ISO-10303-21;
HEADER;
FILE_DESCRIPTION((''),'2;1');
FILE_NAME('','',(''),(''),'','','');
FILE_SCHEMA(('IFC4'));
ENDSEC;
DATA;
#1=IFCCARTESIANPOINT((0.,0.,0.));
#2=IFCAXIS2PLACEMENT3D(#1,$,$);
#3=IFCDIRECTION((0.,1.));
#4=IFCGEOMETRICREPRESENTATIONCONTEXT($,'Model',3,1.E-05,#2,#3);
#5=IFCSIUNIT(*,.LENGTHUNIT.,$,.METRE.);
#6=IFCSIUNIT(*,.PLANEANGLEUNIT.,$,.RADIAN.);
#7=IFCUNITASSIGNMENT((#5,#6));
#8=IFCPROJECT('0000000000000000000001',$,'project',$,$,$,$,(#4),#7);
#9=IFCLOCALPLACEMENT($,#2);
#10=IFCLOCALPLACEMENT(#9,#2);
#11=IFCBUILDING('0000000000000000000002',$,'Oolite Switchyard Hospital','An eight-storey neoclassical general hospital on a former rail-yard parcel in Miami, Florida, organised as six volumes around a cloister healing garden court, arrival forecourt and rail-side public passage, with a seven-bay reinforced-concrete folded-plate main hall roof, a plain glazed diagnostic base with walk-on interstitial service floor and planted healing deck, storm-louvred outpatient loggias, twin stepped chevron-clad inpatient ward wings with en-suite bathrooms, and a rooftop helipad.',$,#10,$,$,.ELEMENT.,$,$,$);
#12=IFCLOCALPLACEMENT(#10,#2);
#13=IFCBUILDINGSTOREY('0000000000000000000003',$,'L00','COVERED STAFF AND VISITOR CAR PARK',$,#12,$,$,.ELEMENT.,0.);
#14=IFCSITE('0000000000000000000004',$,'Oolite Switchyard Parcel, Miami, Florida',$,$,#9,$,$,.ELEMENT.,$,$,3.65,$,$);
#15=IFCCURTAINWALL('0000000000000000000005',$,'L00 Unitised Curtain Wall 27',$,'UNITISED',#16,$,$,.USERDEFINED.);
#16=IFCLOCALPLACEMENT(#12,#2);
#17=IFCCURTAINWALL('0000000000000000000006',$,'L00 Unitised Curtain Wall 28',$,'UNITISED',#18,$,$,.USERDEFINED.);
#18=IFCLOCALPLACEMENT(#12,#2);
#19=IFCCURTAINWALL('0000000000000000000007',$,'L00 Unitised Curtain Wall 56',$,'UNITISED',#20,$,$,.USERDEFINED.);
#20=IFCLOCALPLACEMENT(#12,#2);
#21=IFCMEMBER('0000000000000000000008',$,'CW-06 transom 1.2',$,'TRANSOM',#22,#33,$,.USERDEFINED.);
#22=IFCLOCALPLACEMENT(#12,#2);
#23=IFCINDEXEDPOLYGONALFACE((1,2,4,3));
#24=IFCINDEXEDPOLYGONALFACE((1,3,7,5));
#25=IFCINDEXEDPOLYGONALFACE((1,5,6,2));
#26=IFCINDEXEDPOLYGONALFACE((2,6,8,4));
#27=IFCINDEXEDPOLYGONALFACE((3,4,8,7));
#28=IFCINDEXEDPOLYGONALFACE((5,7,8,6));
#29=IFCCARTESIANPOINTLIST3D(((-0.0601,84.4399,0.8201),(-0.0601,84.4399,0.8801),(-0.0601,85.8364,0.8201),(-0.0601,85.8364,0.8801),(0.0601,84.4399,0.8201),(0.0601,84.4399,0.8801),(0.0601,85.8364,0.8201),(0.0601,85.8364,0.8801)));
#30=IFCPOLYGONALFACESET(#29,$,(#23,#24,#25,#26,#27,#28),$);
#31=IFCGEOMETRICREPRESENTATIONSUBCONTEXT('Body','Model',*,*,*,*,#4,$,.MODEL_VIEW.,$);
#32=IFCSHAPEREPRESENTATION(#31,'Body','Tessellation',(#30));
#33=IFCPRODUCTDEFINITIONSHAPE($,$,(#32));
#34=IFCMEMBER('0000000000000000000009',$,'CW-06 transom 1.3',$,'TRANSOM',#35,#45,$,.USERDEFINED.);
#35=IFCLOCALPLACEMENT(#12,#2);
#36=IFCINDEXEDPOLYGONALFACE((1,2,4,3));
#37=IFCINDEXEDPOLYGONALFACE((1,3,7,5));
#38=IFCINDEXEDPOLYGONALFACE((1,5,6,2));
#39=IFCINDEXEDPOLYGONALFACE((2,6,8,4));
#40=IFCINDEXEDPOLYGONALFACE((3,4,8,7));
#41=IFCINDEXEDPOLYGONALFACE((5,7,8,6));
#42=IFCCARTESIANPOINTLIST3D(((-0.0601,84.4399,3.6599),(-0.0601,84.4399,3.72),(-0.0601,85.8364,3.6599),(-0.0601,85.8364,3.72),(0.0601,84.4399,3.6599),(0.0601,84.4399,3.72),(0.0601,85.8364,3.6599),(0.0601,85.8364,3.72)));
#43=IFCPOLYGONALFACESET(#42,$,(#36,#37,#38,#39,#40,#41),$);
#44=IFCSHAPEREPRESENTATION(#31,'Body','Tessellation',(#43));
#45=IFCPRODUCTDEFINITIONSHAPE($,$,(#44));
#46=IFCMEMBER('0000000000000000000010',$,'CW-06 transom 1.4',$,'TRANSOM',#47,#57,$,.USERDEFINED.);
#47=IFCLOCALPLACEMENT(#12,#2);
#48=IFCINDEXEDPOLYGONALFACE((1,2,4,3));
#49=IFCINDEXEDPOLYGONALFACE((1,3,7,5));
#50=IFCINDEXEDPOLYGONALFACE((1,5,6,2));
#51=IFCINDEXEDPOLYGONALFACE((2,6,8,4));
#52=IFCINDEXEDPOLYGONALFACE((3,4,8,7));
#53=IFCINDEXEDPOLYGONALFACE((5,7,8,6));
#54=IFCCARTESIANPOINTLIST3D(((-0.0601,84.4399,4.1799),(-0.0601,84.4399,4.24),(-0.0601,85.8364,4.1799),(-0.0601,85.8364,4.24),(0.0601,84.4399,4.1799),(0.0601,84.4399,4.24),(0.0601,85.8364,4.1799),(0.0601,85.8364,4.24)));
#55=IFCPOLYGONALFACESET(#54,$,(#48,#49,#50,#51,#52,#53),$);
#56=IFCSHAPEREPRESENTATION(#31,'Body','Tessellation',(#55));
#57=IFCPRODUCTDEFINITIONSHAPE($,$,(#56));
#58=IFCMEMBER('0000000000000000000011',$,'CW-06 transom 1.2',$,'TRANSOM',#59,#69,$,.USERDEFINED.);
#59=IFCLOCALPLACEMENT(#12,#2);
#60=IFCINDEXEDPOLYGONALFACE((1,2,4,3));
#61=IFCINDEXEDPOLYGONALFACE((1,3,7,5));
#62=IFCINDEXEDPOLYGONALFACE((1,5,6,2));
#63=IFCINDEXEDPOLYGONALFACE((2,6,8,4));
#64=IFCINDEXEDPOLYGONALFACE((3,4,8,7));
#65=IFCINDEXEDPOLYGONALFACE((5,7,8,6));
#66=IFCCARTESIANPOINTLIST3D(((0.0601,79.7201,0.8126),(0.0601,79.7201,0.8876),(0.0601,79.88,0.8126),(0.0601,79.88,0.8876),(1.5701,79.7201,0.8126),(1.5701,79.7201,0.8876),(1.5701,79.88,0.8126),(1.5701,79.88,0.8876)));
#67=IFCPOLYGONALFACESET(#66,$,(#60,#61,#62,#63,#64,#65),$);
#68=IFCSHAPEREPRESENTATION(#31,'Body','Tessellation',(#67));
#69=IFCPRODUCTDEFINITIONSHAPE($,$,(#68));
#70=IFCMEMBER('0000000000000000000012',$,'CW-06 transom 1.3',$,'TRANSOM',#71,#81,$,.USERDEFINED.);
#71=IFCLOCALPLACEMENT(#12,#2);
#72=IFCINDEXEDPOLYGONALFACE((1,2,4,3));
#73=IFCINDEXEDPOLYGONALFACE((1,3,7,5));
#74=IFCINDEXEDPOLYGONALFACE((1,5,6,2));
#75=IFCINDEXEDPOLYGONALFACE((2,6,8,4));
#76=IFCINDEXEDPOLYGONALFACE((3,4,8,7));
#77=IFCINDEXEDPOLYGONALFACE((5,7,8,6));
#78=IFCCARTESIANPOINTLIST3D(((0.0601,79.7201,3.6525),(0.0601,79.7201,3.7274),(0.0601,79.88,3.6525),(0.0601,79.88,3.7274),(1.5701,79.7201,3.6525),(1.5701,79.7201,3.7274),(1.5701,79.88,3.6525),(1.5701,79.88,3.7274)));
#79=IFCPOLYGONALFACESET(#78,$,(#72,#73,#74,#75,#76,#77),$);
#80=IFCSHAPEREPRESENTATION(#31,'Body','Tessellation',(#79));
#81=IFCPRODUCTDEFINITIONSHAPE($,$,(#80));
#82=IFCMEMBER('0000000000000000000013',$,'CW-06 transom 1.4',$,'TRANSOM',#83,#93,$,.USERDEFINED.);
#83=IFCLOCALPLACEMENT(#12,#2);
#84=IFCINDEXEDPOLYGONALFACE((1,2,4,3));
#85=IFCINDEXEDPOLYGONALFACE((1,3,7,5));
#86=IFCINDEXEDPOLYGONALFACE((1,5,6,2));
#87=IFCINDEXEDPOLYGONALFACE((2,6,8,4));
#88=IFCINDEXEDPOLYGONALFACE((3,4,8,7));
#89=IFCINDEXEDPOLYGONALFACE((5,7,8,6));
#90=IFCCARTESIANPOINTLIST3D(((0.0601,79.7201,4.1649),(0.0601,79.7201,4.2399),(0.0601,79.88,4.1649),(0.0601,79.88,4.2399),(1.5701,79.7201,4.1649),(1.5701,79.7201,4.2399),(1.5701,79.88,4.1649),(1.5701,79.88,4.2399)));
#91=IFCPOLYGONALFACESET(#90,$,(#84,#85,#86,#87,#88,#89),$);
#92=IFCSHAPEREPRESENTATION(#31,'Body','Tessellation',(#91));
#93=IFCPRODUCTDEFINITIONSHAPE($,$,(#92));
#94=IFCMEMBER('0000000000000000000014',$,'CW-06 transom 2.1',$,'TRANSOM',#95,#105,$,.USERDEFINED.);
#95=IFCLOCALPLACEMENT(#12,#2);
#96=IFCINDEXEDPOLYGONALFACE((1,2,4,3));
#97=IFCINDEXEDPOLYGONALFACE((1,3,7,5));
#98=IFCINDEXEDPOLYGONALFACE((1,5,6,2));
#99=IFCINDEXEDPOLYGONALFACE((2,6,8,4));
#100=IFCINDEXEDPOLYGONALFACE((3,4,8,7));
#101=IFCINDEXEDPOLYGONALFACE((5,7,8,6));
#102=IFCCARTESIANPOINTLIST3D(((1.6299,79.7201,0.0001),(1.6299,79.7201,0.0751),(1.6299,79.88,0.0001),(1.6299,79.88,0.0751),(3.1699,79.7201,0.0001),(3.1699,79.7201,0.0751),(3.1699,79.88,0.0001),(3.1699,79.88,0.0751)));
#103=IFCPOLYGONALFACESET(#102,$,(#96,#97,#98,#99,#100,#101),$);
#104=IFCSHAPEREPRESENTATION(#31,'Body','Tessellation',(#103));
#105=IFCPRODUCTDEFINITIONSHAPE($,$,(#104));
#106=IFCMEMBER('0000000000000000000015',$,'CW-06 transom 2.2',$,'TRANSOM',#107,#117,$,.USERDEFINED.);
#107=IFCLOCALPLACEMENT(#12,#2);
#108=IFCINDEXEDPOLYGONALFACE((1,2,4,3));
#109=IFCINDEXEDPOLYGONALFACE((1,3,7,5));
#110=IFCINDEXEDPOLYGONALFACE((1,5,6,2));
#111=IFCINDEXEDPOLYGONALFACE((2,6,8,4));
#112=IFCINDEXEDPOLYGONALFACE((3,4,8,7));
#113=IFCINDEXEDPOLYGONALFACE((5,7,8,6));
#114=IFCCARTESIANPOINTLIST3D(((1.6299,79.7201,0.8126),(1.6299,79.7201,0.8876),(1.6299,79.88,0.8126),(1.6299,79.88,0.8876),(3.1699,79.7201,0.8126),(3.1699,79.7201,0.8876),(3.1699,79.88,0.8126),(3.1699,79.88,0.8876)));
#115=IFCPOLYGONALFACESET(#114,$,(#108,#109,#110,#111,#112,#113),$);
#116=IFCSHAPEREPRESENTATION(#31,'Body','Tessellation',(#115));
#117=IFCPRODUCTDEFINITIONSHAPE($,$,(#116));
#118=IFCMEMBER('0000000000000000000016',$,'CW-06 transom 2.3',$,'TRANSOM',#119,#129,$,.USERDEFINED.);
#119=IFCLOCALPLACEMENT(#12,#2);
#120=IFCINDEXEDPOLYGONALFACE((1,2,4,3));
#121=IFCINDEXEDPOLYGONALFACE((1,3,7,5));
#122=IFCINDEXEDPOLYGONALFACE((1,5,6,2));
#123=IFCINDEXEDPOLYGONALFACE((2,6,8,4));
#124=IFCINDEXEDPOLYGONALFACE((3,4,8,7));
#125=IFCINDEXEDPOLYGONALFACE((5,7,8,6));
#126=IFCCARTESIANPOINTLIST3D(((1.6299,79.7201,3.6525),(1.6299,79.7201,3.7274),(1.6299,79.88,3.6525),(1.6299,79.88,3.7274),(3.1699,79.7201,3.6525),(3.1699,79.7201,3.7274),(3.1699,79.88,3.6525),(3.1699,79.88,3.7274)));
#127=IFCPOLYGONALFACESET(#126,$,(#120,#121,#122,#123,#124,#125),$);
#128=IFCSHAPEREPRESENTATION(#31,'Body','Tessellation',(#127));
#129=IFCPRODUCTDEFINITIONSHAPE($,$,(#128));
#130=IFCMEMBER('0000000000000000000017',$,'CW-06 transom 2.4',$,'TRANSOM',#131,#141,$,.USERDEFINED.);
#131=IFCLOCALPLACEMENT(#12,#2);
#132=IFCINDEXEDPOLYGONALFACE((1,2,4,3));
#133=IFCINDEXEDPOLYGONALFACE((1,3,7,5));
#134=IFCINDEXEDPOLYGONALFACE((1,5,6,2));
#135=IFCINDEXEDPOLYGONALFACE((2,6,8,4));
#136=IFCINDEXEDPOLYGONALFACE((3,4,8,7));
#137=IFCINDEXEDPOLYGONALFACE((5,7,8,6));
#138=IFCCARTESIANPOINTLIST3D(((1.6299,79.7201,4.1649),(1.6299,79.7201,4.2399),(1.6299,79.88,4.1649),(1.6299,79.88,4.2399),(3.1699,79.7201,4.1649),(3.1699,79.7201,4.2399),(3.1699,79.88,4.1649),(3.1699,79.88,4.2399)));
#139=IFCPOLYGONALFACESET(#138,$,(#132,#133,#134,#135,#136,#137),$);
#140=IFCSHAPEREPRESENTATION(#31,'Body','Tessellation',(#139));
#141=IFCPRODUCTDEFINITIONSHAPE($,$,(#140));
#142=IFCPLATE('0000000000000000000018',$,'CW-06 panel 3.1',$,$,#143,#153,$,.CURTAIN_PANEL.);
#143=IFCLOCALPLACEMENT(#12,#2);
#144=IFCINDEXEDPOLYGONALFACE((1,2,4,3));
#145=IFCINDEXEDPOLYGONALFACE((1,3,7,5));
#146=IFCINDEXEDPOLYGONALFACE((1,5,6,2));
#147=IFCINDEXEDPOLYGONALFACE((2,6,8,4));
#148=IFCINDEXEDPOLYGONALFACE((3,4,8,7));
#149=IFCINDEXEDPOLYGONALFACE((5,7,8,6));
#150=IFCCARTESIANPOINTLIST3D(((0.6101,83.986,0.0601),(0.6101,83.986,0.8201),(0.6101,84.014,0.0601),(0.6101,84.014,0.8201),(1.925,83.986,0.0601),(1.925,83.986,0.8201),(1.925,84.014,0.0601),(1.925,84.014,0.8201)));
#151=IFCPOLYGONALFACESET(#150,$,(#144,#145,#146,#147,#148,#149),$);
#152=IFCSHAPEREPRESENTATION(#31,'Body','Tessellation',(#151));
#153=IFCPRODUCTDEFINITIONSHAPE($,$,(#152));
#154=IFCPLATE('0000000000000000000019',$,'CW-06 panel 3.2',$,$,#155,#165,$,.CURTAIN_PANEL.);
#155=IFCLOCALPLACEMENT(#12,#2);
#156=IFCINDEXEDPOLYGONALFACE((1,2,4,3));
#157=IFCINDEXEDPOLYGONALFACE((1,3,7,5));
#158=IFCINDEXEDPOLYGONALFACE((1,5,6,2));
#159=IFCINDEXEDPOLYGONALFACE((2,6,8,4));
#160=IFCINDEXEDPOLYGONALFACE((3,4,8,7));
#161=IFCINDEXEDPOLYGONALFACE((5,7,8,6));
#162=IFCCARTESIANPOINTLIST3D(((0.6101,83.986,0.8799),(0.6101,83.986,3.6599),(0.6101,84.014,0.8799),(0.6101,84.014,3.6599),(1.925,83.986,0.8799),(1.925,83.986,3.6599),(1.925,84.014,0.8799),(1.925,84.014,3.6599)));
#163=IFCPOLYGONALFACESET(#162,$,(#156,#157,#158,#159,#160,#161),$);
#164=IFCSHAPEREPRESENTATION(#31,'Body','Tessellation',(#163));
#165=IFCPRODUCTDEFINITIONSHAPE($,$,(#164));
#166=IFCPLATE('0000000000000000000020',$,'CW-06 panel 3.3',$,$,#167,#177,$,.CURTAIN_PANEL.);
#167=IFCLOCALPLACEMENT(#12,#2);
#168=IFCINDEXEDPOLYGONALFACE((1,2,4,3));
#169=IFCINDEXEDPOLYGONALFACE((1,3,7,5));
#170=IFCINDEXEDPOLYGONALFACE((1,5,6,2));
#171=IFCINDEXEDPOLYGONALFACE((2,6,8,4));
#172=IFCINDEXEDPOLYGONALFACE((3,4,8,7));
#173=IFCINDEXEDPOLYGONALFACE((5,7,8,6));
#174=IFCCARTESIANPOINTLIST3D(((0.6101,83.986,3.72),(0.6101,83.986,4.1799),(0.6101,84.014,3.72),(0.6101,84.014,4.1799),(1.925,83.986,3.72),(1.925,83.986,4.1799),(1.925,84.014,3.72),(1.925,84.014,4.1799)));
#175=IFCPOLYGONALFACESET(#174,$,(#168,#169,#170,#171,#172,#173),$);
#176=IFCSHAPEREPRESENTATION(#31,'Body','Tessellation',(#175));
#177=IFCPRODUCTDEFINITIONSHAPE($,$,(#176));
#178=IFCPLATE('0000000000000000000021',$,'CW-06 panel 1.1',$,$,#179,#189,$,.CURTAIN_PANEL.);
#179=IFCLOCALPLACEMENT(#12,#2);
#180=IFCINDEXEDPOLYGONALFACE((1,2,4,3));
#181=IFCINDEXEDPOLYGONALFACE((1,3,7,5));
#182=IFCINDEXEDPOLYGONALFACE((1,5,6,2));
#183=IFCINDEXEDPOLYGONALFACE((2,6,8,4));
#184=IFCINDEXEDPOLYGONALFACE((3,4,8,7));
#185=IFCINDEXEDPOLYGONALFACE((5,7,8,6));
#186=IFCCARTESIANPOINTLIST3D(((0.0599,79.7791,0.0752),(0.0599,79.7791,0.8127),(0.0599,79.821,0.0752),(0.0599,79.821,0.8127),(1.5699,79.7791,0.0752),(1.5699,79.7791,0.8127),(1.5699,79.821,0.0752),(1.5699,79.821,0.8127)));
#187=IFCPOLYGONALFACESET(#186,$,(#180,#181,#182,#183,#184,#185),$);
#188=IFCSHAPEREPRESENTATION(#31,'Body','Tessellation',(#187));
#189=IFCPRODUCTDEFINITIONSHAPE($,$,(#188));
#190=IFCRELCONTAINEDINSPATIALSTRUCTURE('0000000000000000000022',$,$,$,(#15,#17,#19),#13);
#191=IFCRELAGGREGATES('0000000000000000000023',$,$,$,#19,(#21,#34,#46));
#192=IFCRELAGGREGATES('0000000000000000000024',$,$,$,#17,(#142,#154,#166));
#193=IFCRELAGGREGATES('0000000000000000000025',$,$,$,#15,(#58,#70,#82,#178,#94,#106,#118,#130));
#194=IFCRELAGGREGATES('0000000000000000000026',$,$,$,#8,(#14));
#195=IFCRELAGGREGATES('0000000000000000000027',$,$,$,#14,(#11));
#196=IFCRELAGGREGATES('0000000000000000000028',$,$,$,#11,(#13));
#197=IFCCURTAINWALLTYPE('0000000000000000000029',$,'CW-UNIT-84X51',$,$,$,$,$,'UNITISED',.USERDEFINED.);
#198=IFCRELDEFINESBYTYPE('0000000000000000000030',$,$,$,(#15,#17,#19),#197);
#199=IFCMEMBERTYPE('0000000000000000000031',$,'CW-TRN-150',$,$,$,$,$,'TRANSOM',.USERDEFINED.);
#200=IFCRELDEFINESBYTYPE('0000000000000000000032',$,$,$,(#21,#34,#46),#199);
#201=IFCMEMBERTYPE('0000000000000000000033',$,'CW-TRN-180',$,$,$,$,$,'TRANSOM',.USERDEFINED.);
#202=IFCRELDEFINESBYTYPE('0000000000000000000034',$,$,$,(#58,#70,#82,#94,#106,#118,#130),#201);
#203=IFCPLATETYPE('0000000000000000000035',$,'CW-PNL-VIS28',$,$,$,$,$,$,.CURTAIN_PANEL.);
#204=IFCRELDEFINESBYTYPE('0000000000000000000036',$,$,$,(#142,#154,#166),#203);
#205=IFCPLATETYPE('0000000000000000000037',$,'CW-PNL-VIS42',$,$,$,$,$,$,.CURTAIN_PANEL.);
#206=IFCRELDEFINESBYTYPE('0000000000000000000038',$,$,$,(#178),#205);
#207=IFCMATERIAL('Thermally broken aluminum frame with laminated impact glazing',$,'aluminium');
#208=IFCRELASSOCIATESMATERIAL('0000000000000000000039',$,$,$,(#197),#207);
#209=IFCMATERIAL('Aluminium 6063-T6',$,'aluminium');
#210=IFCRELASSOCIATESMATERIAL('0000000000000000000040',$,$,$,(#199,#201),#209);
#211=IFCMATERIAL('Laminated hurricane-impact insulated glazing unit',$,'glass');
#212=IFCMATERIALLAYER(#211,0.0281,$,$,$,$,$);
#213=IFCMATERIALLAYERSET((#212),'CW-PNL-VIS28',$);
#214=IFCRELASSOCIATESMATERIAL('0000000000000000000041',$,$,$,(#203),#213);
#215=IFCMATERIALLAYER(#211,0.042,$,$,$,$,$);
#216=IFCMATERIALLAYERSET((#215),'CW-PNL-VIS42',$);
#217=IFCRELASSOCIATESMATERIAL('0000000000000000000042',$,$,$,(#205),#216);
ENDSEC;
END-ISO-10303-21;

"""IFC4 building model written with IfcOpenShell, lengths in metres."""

from ifc_helpers import new_model, si_unit, direction, frame, origin, origin_2d, place, context, subcontext, project, spatial, rectangle, extrude, material, layer, layer_set, material_profile, profile_set, type_object, element, aggregate, save


model = new_model("IFC4")

# Units and contexts
model_context = context("Model", 3, precision=1e-05, world=origin(), true_north=direction((0.0, 1.0)))
body_context = subcontext(model_context, "Body", "Model", "MODEL_VIEW")
ifc_project = project(units=[si_unit("LENGTHUNIT", "METRE"), si_unit("PLANEANGLEUNIT", "RADIAN")], contexts=[model_context])

# Site, building, storey
site_placement = place(None, origin())
site = spatial("IfcSite", under=ifc_project, at=site_placement, Name="Oolite Switchyard Parcel, Miami, Florida", CompositionType="ELEMENT", RefElevation=3.65)
building_placement = place(site_placement, origin())
building = spatial("IfcBuilding", under=site, at=building_placement, Name="Oolite Switchyard Hospital", Description="An eight-storey neoclassical general hospital on a former rail-yard parcel in Miami, Florida, organised as six volumes around a cloister healing garden court, arrival forecourt and rail-side public passage, with a seven-bay reinforced-concrete folded-plate main hall roof, a plain glazed diagnostic base with walk-on interstitial service floor and planted healing deck, storm-louvred outpatient loggias, twin stepped chevron-clad inpatient ward wings with en-suite bathrooms, and a rooftop helipad.", CompositionType="ELEMENT")
storey_placement = place(building_placement, origin())
storey = spatial("IfcBuildingStorey", under=building, at=storey_placement, Name="L00", Description="COVERED STAFF AND VISITOR CAR PARK", CompositionType="ELEMENT", Elevation=0.0)

# Curtain walls
ifc_material_1 = material(Name="Thermally broken aluminum frame with laminated impact glazing", Category="aluminium")
curtain_wall_type = type_object("IfcCurtainWallType", Name="CW-UNIT-84X51", ElementType="UNITISED", PredefinedType="USERDEFINED", material=ifc_material_1)
curtain_wall_1_placement = place(storey_placement, origin())
curtain_wall_1 = element("IfcCurtainWall", 1, at=curtain_wall_1_placement, inside=storey, type_object=curtain_wall_type, Name="L00 Unitised Curtain Wall 27", ObjectType="UNITISED", PredefinedType="USERDEFINED")
ifc_material_2 = material(Name="Aluminium 6063-T6", Category="aluminium")
curtain_wall_2_placement = place(storey_placement, origin())
curtain_wall_2 = element("IfcCurtainWall", 2, at=curtain_wall_2_placement, inside=storey, type_object=curtain_wall_type, Name="L00 Unitised Curtain Wall 28", ObjectType="UNITISED", PredefinedType="USERDEFINED")
curtain_wall_3_placement = place(storey_placement, origin())
curtain_wall_3 = element("IfcCurtainWall", 3, at=curtain_wall_3_placement, inside=storey, type_object=curtain_wall_type, Name="L00 Unitised Curtain Wall 56", ObjectType="UNITISED", PredefinedType="USERDEFINED")

# Members
ifc_material_profile_1 = material_profile(ifc_material_2, rectangle(XDim=0.1201, YDim=0.0601, at=origin_2d()), Name="CWT60X120")
ifc_profile_set_1 = profile_set([ifc_material_profile_1], Name="Aluminium 6063-T6")
member_type_1 = type_object("IfcMemberType", Name="CW-TRN-150", ElementType="TRANSOM", PredefinedType="USERDEFINED", material=ifc_profile_set_1)
member_1_placement = place(storey_placement, frame((0.0, 84.4399, 0.8501), z_axis=(0.0, 1.0, 0.0), x_axis=(-1.0, 0.0, 0.0)))
member_1 = element("IfcMember", 4, at=member_1_placement, type_object=member_type_1, Name="CW-06 transom 1.2", ObjectType="TRANSOM", PredefinedType="USERDEFINED", context=body_context, shape_type="SweptSolid", body=[
    extrude(rectangle(XDim=0.1201, YDim=0.0601, at=origin_2d()), origin(), (0.0, 0.0, 1.0), 1.3965),
])
member_2_placement = place(storey_placement, frame((0.0, 84.4399, 3.6899), z_axis=(0.0, 1.0, 0.0), x_axis=(-1.0, 0.0, 0.0)))
member_2 = element("IfcMember", 5, at=member_2_placement, type_object=member_type_1, Name="CW-06 transom 1.3", ObjectType="TRANSOM", PredefinedType="USERDEFINED", context=body_context, shape_type="SweptSolid", body=[
    extrude(rectangle(XDim=0.1201, YDim=0.0601, at=origin_2d()), origin(), (0.0, 0.0, 1.0), 1.3965),
])
member_3_placement = place(storey_placement, frame((0.0, 84.4399, 4.21), z_axis=(0.0, 1.0, 0.0), x_axis=(-1.0, 0.0, 0.0)))
member_3 = element("IfcMember", 6, at=member_3_placement, type_object=member_type_1, Name="CW-06 transom 1.4", ObjectType="TRANSOM", PredefinedType="USERDEFINED", context=body_context, shape_type="SweptSolid", body=[
    extrude(rectangle(XDim=0.1201, YDim=0.0601, at=origin_2d()), origin(), (0.0, 0.0, 1.0), 1.3965),
])
aggregate(curtain_wall_3, [member_1, member_2, member_3])
ifc_material_profile_2 = material_profile(ifc_material_2, rectangle(XDim=0.1599, YDim=0.075, at=origin_2d()), Name="CWT75X160")
ifc_profile_set_2 = profile_set([ifc_material_profile_2], Name="Aluminium 6063-T6")
member_type_2 = type_object("IfcMemberType", Name="CW-TRN-180", ElementType="TRANSOM", PredefinedType="USERDEFINED", material=ifc_profile_set_2)
member_4_placement = place(storey_placement, frame((0.0601, 79.8, 0.8501), z_axis=(1.0, 0.0, 0.0), x_axis=(0.0, 1.0, 0.0)))
member_4 = element("IfcMember", 7, at=member_4_placement, type_object=member_type_2, Name="CW-06 transom 1.2", ObjectType="TRANSOM", PredefinedType="USERDEFINED", context=body_context, shape_type="SweptSolid", body=[
    extrude(rectangle(XDim=0.1599, YDim=0.075, at=origin_2d()), origin(), (0.0, 0.0, 1.0), 1.51),
])
member_5_placement = place(storey_placement, frame((0.0601, 79.8, 3.6899), z_axis=(1.0, 0.0, 0.0), x_axis=(0.0, 1.0, 0.0)))
member_5 = element("IfcMember", 8, at=member_5_placement, type_object=member_type_2, Name="CW-06 transom 1.3", ObjectType="TRANSOM", PredefinedType="USERDEFINED", context=body_context, shape_type="SweptSolid", body=[
    extrude(rectangle(XDim=0.1599, YDim=0.075, at=origin_2d()), origin(), (0.0, 0.0, 1.0), 1.51),
])
member_6_placement = place(storey_placement, frame((0.0601, 79.8, 4.2024), z_axis=(1.0, 0.0, 0.0), x_axis=(0.0, 1.0, 0.0)))
member_6 = element("IfcMember", 9, at=member_6_placement, type_object=member_type_2, Name="CW-06 transom 1.4", ObjectType="TRANSOM", PredefinedType="USERDEFINED", context=body_context, shape_type="SweptSolid", body=[
    extrude(rectangle(XDim=0.1599, YDim=0.075, at=origin_2d()), origin(), (0.0, 0.0, 1.0), 1.51),
])
member_7_placement = place(storey_placement, frame((1.6299, 79.8, 0.0376), z_axis=(1.0, 0.0, 0.0), x_axis=(0.0, 1.0, 0.0)))
member_7 = element("IfcMember", 10, at=member_7_placement, type_object=member_type_2, Name="CW-06 transom 2.1", ObjectType="TRANSOM", PredefinedType="USERDEFINED", context=body_context, shape_type="SweptSolid", body=[
    extrude(rectangle(XDim=0.1599, YDim=0.075, at=origin_2d()), origin(), (0.0, 0.0, 1.0), 1.54),
])
member_8_placement = place(storey_placement, frame((1.6299, 79.8, 0.8501), z_axis=(1.0, 0.0, 0.0), x_axis=(0.0, 1.0, 0.0)))
member_8 = element("IfcMember", 11, at=member_8_placement, type_object=member_type_2, Name="CW-06 transom 2.2", ObjectType="TRANSOM", PredefinedType="USERDEFINED", context=body_context, shape_type="SweptSolid", body=[
    extrude(rectangle(XDim=0.1599, YDim=0.075, at=origin_2d()), origin(), (0.0, 0.0, 1.0), 1.54),
])
member_9_placement = place(storey_placement, frame((1.6299, 79.8, 3.6899), z_axis=(1.0, 0.0, 0.0), x_axis=(0.0, 1.0, 0.0)))
member_9 = element("IfcMember", 12, at=member_9_placement, type_object=member_type_2, Name="CW-06 transom 2.3", ObjectType="TRANSOM", PredefinedType="USERDEFINED", context=body_context, shape_type="SweptSolid", body=[
    extrude(rectangle(XDim=0.1599, YDim=0.075, at=origin_2d()), origin(), (0.0, 0.0, 1.0), 1.54),
])
member_10_placement = place(storey_placement, frame((1.6299, 79.8, 4.2024), z_axis=(1.0, 0.0, 0.0), x_axis=(0.0, 1.0, 0.0)))
member_10 = element("IfcMember", 13, at=member_10_placement, type_object=member_type_2, Name="CW-06 transom 2.4", ObjectType="TRANSOM", PredefinedType="USERDEFINED", context=body_context, shape_type="SweptSolid", body=[
    extrude(rectangle(XDim=0.1599, YDim=0.075, at=origin_2d()), origin(), (0.0, 0.0, 1.0), 1.54),
])

# Plates
ifc_material_3 = material(Name="Laminated hurricane-impact insulated glazing unit", Category="glass")
ifc_layer_1 = layer(ifc_material_3, 0.0281)
ifc_layer_set_1 = layer_set([ifc_layer_1], Name="CW-PNL-VIS28")
plate_type_1 = type_object("IfcPlateType", Name="CW-PNL-VIS28", PredefinedType="CURTAIN_PANEL", material=ifc_layer_set_1)
plate_1_placement = place(storey_placement, frame((1.2676, 84.0, 0.0601), z_axis=(0.0, 0.0, 1.0), x_axis=(-1.0, 0.0, 0.0)))
plate_1 = element("IfcPlate", 14, at=plate_1_placement, type_object=plate_type_1, Name="CW-06 panel 3.1", PredefinedType="CURTAIN_PANEL", context=body_context, shape_type="SweptSolid", body=[
    extrude(rectangle(XDim=1.3149, YDim=0.0281, at=origin_2d()), origin(), (0.0, 0.0, 1.0), 0.76),
])
plate_2_placement = place(storey_placement, frame((1.2676, 84.0, 0.8799), z_axis=(0.0, 0.0, 1.0), x_axis=(-1.0, 0.0, 0.0)))
plate_2 = element("IfcPlate", 15, at=plate_2_placement, type_object=plate_type_1, Name="CW-06 panel 3.2", PredefinedType="CURTAIN_PANEL", context=body_context, shape_type="SweptSolid", body=[
    extrude(rectangle(XDim=1.3149, YDim=0.0281, at=origin_2d()), origin(), (0.0, 0.0, 1.0), 2.78),
])
plate_3_placement = place(storey_placement, frame((1.2676, 84.0, 3.72), z_axis=(0.0, 0.0, 1.0), x_axis=(-1.0, 0.0, 0.0)))
plate_3 = element("IfcPlate", 16, at=plate_3_placement, type_object=plate_type_1, Name="CW-06 panel 3.3", PredefinedType="CURTAIN_PANEL", context=body_context, shape_type="SweptSolid", body=[
    extrude(rectangle(XDim=1.3149, YDim=0.0281, at=origin_2d()), origin(), (0.0, 0.0, 1.0), 0.46),
])
aggregate(curtain_wall_2, [plate_1, plate_2, plate_3])
ifc_layer_2 = layer(ifc_material_3, 0.042)
ifc_layer_set_2 = layer_set([ifc_layer_2], Name="CW-PNL-VIS42")
plate_type_2 = type_object("IfcPlateType", Name="CW-PNL-VIS42", PredefinedType="CURTAIN_PANEL", material=ifc_layer_set_2)
plate_4_placement = place(storey_placement, frame((0.8149, 79.8, 0.0752), z_axis=(0.0, 0.0, 1.0), x_axis=(1.0, 0.0, 0.0)))
plate_4 = element("IfcPlate", 17, at=plate_4_placement, type_object=plate_type_2, Name="CW-06 panel 1.1", PredefinedType="CURTAIN_PANEL", context=body_context, shape_type="SweptSolid", body=[
    extrude(rectangle(XDim=1.51, YDim=0.042, at=origin_2d()), origin(), (0.0, 0.0, 1.0), 0.7375),
])
aggregate(curtain_wall_1, [member_4, member_5, member_6, plate_4, member_7, member_8, member_9, member_10])

save(model, "model.ifc")
